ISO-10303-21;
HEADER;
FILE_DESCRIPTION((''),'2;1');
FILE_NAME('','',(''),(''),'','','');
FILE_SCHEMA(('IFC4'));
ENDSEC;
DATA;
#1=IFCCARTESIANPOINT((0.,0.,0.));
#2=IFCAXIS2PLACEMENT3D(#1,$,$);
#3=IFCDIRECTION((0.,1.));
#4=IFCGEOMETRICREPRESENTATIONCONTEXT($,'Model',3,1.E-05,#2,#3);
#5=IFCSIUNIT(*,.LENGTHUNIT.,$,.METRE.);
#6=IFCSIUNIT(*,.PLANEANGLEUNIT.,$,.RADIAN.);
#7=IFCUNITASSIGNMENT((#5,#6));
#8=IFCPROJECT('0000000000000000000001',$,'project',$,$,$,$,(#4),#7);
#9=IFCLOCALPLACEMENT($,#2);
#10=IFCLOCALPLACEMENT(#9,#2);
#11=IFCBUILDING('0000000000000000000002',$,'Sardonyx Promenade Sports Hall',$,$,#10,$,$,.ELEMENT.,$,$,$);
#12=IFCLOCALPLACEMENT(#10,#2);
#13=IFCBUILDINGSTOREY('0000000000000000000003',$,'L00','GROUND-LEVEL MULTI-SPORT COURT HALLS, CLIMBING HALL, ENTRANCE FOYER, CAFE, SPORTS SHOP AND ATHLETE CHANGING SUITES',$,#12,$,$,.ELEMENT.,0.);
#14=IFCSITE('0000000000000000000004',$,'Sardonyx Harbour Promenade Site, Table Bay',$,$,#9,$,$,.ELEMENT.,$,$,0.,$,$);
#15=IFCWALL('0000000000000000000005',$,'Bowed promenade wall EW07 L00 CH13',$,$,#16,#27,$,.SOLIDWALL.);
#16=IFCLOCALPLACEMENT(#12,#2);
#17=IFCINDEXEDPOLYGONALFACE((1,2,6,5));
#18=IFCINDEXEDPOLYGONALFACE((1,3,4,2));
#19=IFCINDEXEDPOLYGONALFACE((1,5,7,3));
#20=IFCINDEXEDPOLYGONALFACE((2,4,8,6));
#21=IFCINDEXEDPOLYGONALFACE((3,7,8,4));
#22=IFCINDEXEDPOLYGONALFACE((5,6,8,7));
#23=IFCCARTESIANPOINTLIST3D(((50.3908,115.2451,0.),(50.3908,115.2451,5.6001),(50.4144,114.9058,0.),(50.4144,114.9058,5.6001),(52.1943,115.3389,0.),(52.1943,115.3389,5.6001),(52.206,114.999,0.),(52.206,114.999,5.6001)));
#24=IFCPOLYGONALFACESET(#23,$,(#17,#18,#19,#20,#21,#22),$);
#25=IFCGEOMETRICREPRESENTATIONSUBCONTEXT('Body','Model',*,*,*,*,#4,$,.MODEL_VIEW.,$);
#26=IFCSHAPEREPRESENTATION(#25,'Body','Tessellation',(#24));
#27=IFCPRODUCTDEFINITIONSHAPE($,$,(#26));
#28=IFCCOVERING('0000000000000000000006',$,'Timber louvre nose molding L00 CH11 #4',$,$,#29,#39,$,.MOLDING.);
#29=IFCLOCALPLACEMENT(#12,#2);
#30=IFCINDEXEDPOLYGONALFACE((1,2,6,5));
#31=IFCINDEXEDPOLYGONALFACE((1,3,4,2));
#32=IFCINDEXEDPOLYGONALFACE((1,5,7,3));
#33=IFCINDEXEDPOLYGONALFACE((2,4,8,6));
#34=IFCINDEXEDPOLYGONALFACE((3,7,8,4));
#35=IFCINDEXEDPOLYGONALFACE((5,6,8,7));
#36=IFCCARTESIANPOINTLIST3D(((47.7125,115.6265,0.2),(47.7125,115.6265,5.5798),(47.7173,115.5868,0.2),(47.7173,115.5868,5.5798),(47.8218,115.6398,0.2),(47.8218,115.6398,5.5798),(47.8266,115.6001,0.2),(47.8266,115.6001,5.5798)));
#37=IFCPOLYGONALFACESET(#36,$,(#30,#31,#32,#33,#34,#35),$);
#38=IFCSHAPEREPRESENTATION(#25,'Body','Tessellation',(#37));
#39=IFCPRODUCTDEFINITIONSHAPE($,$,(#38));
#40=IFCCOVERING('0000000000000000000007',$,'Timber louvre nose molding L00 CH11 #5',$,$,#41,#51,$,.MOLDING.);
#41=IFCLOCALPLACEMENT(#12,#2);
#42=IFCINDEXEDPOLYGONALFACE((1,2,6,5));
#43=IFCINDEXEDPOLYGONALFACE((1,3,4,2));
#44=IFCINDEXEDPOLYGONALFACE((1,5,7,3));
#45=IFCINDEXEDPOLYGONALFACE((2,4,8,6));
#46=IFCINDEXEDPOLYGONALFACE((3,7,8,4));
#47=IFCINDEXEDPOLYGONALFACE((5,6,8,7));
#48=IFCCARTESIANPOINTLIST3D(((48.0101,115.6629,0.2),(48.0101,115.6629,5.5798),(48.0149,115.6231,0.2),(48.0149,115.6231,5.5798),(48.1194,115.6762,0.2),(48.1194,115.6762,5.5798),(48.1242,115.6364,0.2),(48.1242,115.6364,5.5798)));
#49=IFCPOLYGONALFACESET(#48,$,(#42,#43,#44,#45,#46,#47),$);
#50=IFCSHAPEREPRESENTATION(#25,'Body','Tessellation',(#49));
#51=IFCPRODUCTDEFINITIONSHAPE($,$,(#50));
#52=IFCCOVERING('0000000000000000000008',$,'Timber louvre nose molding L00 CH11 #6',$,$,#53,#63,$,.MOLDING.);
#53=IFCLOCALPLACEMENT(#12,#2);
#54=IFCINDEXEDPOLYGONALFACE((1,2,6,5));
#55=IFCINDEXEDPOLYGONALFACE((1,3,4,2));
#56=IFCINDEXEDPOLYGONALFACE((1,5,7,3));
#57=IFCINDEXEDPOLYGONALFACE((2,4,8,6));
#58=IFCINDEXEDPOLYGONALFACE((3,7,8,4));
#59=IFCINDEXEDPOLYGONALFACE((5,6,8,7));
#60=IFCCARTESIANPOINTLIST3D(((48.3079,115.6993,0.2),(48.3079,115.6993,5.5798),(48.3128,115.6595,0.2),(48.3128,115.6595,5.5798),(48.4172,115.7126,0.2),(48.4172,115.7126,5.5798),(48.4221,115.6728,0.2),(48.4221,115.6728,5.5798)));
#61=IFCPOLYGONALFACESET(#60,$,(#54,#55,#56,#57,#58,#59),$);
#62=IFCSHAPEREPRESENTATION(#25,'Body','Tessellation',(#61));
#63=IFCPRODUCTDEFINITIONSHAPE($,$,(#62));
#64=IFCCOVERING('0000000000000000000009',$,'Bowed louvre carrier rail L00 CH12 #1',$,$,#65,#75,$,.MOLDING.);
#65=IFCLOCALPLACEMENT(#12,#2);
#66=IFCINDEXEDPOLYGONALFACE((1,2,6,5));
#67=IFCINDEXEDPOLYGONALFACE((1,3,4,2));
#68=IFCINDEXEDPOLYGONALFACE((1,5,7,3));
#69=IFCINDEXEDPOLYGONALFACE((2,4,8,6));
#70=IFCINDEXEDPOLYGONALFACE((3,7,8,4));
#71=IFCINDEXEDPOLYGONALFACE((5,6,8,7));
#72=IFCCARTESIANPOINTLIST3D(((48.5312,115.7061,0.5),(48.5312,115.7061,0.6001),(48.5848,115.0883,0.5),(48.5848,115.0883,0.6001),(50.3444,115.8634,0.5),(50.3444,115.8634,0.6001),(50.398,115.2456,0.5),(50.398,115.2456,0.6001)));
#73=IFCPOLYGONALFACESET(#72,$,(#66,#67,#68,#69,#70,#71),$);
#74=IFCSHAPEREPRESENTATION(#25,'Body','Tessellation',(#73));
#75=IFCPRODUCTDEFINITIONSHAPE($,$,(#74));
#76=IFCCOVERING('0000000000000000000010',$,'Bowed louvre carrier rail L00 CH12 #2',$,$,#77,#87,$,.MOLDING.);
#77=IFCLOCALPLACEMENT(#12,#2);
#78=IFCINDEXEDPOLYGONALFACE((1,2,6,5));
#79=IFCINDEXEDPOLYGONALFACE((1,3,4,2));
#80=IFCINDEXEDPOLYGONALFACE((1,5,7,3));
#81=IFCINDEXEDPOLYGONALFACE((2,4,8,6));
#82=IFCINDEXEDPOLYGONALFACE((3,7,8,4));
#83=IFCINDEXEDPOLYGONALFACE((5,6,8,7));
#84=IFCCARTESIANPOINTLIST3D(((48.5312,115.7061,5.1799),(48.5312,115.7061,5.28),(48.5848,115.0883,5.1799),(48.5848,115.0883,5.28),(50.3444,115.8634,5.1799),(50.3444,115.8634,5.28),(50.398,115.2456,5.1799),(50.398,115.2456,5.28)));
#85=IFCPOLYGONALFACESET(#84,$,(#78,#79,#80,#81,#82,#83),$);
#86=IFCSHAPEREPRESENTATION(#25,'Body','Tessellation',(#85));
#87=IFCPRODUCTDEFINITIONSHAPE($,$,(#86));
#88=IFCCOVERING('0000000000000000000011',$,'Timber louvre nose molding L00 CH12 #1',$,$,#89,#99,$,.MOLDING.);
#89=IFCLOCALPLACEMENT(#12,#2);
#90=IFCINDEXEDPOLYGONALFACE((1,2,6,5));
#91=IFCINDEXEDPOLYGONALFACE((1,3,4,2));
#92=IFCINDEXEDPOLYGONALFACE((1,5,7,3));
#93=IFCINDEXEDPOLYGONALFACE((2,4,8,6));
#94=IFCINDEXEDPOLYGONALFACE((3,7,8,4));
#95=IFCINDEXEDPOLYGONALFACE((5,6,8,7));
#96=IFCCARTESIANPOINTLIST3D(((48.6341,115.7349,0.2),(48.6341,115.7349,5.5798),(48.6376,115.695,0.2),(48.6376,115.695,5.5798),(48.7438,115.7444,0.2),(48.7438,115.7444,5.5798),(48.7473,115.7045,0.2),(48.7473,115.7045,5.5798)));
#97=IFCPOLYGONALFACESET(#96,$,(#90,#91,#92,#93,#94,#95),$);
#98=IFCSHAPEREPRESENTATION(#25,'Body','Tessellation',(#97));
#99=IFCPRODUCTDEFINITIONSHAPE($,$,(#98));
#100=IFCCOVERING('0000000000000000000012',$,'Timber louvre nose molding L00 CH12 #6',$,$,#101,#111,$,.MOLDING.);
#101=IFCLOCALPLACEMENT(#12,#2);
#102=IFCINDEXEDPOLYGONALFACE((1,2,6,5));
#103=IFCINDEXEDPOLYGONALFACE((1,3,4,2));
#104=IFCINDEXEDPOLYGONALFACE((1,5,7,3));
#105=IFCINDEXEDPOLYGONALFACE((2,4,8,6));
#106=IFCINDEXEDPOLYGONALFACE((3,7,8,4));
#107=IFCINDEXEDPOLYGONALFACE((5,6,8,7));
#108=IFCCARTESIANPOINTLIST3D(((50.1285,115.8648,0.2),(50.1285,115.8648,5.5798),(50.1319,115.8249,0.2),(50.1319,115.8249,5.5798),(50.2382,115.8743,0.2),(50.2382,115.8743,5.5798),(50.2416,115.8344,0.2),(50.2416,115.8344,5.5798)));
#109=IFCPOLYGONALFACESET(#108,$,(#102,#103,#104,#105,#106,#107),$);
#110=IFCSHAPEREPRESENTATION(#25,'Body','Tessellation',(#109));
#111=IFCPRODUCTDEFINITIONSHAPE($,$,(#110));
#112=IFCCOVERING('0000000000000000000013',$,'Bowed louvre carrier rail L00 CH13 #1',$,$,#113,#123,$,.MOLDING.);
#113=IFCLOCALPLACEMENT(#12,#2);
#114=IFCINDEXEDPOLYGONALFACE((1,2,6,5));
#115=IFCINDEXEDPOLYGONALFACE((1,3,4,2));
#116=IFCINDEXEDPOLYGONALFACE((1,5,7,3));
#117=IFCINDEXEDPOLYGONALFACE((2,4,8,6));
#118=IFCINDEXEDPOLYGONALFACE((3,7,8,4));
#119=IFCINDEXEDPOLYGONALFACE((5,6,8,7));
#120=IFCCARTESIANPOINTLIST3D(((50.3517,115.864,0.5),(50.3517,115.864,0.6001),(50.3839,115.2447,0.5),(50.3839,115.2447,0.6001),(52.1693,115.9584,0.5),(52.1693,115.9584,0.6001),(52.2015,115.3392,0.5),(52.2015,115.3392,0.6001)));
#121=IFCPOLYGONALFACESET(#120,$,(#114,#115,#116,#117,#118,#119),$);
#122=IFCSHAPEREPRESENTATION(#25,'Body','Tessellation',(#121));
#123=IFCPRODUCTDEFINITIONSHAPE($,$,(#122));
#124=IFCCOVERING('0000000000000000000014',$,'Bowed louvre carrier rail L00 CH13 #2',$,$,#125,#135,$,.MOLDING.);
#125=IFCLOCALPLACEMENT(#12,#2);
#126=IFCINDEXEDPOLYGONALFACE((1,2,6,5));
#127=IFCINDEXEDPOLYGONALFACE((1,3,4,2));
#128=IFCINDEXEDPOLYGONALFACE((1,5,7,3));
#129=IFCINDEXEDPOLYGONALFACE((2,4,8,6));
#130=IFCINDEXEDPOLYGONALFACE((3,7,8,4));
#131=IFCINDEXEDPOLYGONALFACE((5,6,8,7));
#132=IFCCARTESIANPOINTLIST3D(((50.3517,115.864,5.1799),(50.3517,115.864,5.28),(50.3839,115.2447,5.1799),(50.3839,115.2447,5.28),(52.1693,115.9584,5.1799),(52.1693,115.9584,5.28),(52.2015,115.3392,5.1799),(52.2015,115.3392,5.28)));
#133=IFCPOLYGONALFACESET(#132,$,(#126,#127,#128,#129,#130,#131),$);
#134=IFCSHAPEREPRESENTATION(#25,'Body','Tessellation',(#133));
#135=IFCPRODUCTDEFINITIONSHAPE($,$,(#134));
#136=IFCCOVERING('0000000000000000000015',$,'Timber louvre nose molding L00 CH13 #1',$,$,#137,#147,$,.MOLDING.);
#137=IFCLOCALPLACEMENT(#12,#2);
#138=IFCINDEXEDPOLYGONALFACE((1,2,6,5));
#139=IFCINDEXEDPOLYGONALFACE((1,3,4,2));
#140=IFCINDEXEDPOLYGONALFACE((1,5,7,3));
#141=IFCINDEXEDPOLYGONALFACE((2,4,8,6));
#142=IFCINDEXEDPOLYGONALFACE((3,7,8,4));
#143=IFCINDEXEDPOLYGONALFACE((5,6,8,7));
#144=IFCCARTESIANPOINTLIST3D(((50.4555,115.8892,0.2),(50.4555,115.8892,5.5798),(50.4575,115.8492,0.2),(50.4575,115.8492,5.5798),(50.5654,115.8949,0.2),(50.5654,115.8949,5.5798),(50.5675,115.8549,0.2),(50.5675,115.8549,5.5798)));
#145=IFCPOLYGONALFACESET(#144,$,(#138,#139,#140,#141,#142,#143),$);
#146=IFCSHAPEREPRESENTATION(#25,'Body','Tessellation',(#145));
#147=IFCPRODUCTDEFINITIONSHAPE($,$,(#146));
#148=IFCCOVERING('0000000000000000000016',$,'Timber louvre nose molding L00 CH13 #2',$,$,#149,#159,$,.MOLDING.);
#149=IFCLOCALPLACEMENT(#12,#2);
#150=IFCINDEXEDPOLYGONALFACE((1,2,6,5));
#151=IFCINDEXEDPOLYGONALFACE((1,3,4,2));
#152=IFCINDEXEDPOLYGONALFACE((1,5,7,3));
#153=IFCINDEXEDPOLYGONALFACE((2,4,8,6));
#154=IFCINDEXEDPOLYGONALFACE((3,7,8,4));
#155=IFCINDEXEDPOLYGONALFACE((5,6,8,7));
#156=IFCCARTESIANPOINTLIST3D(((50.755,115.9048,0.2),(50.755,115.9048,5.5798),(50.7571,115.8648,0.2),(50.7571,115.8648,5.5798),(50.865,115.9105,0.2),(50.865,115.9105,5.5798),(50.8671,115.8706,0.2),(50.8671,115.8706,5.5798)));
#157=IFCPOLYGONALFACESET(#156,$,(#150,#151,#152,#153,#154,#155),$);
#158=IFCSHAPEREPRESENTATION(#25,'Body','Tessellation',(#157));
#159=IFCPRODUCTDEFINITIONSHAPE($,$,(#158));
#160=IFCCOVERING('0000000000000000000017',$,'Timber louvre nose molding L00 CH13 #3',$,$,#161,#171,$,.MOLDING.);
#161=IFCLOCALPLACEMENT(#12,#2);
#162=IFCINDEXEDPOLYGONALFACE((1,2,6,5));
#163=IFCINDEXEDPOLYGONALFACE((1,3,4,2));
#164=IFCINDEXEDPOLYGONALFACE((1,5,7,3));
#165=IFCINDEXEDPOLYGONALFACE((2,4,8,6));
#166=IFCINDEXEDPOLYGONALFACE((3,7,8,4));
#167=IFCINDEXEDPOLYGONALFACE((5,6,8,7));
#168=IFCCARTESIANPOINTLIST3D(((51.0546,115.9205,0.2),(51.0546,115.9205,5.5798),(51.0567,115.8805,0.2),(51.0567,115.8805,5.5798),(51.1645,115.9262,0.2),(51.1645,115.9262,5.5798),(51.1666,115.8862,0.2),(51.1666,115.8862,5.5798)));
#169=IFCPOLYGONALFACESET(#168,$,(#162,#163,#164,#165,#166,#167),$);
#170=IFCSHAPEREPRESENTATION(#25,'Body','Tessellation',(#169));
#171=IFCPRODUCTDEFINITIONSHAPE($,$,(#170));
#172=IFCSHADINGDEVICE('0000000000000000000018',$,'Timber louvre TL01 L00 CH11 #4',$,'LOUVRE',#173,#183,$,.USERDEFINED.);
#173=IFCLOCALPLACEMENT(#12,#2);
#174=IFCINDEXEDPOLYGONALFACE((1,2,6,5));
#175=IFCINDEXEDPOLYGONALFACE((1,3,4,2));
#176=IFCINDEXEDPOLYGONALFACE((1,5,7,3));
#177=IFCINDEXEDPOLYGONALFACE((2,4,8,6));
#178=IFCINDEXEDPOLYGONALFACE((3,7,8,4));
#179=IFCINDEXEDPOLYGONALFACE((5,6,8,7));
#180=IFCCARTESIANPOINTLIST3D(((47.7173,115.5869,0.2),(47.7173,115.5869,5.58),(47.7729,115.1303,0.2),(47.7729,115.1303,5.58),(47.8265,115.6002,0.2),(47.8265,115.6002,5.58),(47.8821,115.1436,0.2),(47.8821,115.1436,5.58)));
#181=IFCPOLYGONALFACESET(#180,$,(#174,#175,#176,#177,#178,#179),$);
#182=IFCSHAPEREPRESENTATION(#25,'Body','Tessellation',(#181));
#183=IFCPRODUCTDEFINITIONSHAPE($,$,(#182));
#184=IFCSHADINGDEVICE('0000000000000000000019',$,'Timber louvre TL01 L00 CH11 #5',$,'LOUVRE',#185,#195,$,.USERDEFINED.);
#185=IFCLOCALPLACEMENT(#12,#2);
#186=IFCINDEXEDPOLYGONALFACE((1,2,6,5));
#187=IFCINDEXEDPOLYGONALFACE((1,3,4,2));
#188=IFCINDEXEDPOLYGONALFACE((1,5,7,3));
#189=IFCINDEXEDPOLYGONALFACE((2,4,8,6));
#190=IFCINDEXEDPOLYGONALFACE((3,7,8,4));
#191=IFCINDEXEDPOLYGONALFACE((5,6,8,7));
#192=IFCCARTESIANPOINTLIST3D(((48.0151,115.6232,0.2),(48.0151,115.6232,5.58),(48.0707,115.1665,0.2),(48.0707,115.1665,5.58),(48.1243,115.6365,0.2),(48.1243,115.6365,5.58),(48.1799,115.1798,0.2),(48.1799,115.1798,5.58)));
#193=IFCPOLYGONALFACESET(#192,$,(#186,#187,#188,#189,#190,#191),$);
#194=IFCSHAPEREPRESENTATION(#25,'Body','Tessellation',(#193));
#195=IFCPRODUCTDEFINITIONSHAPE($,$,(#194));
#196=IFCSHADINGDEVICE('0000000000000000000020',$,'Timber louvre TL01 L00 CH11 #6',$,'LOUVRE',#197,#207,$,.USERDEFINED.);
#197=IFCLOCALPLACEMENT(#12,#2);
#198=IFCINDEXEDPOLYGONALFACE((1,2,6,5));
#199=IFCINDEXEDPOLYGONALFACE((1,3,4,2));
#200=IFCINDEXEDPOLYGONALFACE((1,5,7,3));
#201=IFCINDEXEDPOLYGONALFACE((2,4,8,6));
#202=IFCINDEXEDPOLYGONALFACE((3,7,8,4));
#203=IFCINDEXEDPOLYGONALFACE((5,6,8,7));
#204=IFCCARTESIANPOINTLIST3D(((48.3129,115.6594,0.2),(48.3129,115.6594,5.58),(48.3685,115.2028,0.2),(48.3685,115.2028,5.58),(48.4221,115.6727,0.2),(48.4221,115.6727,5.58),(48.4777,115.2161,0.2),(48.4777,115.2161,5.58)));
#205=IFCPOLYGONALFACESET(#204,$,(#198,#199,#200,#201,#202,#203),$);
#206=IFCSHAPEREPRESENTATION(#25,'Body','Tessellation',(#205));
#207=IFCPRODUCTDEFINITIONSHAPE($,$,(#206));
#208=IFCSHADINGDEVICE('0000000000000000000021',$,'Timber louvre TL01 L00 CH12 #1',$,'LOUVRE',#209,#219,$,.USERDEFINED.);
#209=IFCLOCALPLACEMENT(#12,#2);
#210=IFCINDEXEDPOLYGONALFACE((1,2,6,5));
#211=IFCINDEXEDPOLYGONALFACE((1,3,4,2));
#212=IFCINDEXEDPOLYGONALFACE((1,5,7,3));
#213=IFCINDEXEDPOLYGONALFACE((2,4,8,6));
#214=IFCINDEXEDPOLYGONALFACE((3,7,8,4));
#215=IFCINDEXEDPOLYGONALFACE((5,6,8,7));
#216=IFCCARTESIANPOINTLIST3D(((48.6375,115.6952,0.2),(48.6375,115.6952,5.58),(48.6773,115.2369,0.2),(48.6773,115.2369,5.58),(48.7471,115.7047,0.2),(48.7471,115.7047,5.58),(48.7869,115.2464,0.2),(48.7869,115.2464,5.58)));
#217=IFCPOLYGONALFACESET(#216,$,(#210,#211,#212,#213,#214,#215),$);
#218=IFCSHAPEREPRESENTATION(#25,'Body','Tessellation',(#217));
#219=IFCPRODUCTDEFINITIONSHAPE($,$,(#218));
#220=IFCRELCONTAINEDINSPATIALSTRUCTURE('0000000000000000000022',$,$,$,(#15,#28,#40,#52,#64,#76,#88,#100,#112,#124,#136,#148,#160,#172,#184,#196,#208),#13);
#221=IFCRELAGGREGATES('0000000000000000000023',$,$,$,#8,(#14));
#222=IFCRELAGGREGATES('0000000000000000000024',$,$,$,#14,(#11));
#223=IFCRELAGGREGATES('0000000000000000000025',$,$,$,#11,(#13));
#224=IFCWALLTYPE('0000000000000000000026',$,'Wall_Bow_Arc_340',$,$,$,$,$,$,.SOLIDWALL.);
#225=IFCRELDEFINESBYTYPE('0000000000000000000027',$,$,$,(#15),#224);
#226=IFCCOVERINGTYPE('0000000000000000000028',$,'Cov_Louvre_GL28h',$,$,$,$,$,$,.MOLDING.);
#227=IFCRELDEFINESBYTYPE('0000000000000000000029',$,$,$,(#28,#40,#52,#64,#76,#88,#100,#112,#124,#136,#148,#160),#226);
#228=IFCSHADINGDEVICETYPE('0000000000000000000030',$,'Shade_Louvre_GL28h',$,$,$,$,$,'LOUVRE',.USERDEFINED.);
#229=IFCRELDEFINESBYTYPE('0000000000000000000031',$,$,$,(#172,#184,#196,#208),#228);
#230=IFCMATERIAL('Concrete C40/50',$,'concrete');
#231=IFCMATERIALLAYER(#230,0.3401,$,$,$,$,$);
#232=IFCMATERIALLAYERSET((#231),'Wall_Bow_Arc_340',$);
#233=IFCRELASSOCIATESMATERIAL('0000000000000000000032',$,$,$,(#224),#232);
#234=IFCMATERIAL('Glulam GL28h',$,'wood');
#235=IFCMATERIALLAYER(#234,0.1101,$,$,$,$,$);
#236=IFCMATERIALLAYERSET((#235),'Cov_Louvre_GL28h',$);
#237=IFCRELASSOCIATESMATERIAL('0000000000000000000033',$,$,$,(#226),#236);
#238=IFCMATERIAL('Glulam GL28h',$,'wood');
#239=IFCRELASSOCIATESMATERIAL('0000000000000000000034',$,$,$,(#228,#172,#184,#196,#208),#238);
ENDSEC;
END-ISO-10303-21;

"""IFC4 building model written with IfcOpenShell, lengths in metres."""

from ifc_helpers import new_model, si_unit, direction, frame, origin, origin_2d, place, context, subcontext, project, spatial, polyline, rectangle, outline, extrude, material, layer, layer_set, type_object, element, save


model = new_model("IFC4")

# Units and contexts
model_context = context("Model", 3, precision=1e-05, world=origin(), true_north=direction((0.0, 1.0)))
body_context = subcontext(model_context, "Body", "Model", "MODEL_VIEW")
ifc_project = project(units=[si_unit("LENGTHUNIT", "METRE"), si_unit("PLANEANGLEUNIT", "RADIAN")], contexts=[model_context])

# Site, building, storey
site_placement = place(None, origin())
site = spatial("IfcSite", under=ifc_project, at=site_placement, Name="Sardonyx Harbour Promenade Site, Table Bay", CompositionType="ELEMENT", RefElevation=0.0)
building_placement = place(site_placement, origin())
building = spatial("IfcBuilding", under=site, at=building_placement, Name="Sardonyx Promenade Sports Hall", CompositionType="ELEMENT")
storey_placement = place(building_placement, origin())
storey = spatial("IfcBuildingStorey", under=building, at=storey_placement, Name="L00", Description="GROUND-LEVEL MULTI-SPORT COURT HALLS, CLIMBING HALL, ENTRANCE FOYER, CAFE, SPORTS SHOP AND ATHLETE CHANGING SUITES", CompositionType="ELEMENT", Elevation=0.0)

# Shared definitions
ifc_material_1 = material(Name="Concrete C40/50", Category="concrete")
ifc_layer_1 = layer(ifc_material_1, 0.3401)
ifc_layer_set_1 = layer_set([ifc_layer_1], Name="Wall_Bow_Arc_340")
wall_type = type_object("IfcWallType", Name="Wall_Bow_Arc_340", PredefinedType="SOLIDWALL", material=ifc_layer_set_1)

# Wall
wall_1_placement = place(storey_placement, frame((50.4026, 115.0754, 0.0), z_axis=(0.0, 0.0, 1.0), x_axis=(0.99865, 0.051947, 0.0)))
element("IfcWall", 1, at=wall_1_placement, inside=storey, type_object=wall_type, Name="Bowed promenade wall EW07 L00 CH13", PredefinedType="SOLIDWALL", context=body_context, shape_type="SweptSolid", body=[
    extrude(outline(polyline([(0.0029, -0.17), (1.7971, -0.17), (1.8029, 0.17), (-0.0029, 0.17), (0.0029, -0.17)])), origin(), (0.0, 0.0, 1.0), 5.6001),
])

# Coverings
ifc_material_2 = material(Name="Glulam GL28h", Category="wood")
ifc_layer_2 = layer(ifc_material_2, 0.1101)
ifc_layer_set_2 = layer_set([ifc_layer_2], Name="Cov_Louvre_GL28h")
covering_type = type_object("IfcCoveringType", Name="Cov_Louvre_GL28h", PredefinedType="MOLDING", material=ifc_layer_set_2)
for number, where, z_axis, x_axis, name in (
    (2, (47.7695, 115.6133, 0.2), (0.0, 0.0, 1.0), (0.992669, 0.120863, 0.0), "Timber louvre nose molding L00 CH11 #4"),
    (3, (48.0671, 115.6497, 0.2), (0.0, 0.0, 1.0), (0.992669, 0.120863, 0.0), "Timber louvre nose molding L00 CH11 #5"),
    (4, (48.365, 115.686, 0.2), (0.0, 0.0, 1.0), (0.992669, 0.120863, 0.0), "Timber louvre nose molding L00 CH11 #6"),
):
    element("IfcCovering", number, at=place(storey_placement, frame(where, z_axis=z_axis, x_axis=x_axis)), inside=storey, type_object=covering_type, Name=name, PredefinedType="MOLDING", context=body_context, shape_type="SweptSolid", body=[
        extrude(rectangle(XDim=0.1101, YDim=0.04, at=origin_2d()), origin(), (0.0, 0.0, 1.0), 5.3799),
    ])
for number, where, z_axis, x_axis, name in (
    (5, (49.4646, 115.4758, 0.5), (0.0, 0.0, 1.0), (0.996258, 0.086434, 0.0), "Bowed louvre carrier rail L00 CH12 #1"),
    (6, (49.4646, 115.4758, 5.1799), (0.0, 0.0, 1.0), (0.996258, 0.086434, 0.0), "Bowed louvre carrier rail L00 CH12 #2"),
):
    element("IfcCovering", number, at=place(storey_placement, frame(where, z_axis=z_axis, x_axis=x_axis)), inside=storey, type_object=covering_type, Name=name, PredefinedType="MOLDING", context=body_context, shape_type="SweptSolid", body=[
        extrude(rectangle(XDim=1.8201, YDim=0.6201, at=origin_2d()), origin(), (0.0, 0.0, 1.0), 0.1001),
    ])
for number, where, z_axis, x_axis, name in (
    (7, (48.6907, 115.7197, 0.2), (0.0, 0.0, 1.0), (0.996258, 0.086434, 0.0), "Timber louvre nose molding L00 CH12 #1"),
    (8, (50.1851, 115.8496, 0.2), (0.0, 0.0, 1.0), (0.996258, 0.086434, 0.0), "Timber louvre nose molding L00 CH12 #6"),
):
    element("IfcCovering", number, at=place(storey_placement, frame(where, z_axis=z_axis, x_axis=x_axis)), inside=storey, type_object=covering_type, Name=name, PredefinedType="MOLDING", context=body_context, shape_type="SweptSolid", body=[
        extrude(rectangle(XDim=0.1101, YDim=0.04, at=origin_2d()), origin(), (0.0, 0.0, 1.0), 5.3799),
    ])
for number, where, z_axis, x_axis, name in (
    (9, (51.2766, 115.6016, 0.5), (0.0, 0.0, 1.0), (0.998652, 0.051902, 0.0), "Bowed louvre carrier rail L00 CH13 #1"),
    (10, (51.2766, 115.6016, 5.1799), (0.0, 0.0, 1.0), (0.998652, 0.051902, 0.0), "Bowed louvre carrier rail L00 CH13 #2"),
):
    element("IfcCovering", number, at=place(storey_placement, frame(where, z_axis=z_axis, x_axis=x_axis)), inside=storey, type_object=covering_type, Name=name, PredefinedType="MOLDING", context=body_context, shape_type="SweptSolid", body=[
        extrude(rectangle(XDim=1.8201, YDim=0.6201, at=origin_2d()), origin(), (0.0, 0.0, 1.0), 0.1001),
    ])
for number, where, z_axis, x_axis, name in (
    (11, (50.5115, 115.8721, 0.2), (0.0, 0.0, 1.0), (0.998652, 0.051902, 0.0), "Timber louvre nose molding L00 CH13 #1"),
    (12, (50.811, 115.8877, 0.2), (0.0, 0.0, 1.0), (0.998652, 0.051902, 0.0), "Timber louvre nose molding L00 CH13 #2"),
    (13, (51.1106, 115.9033, 0.2), (0.0, 0.0, 1.0), (0.998652, 0.051902, 0.0), "Timber louvre nose molding L00 CH13 #3"),
):
    element("IfcCovering", number, at=place(storey_placement, frame(where, z_axis=z_axis, x_axis=x_axis)), inside=storey, type_object=covering_type, Name=name, PredefinedType="MOLDING", context=body_context, shape_type="SweptSolid", body=[
        extrude(rectangle(XDim=0.1101, YDim=0.04, at=origin_2d()), origin(), (0.0, 0.0, 1.0), 5.3799),
    ])

# Shading devices
ifc_material_3 = material(Name="Glulam GL28h", Category="wood")
shading_device_type = type_object("IfcShadingDeviceType", Name="Shade_Louvre_GL28h", ElementType="LOUVRE", PredefinedType="USERDEFINED", material=ifc_material_3)
for number, where, z_axis, x_axis, name in (
    (14, (47.7997, 115.3652, 0.2), (0.0, 0.0, 1.0), (0.992669, 0.120863, 0.0), "Timber louvre TL01 L00 CH11 #4"),
    (15, (48.0975, 115.4015, 0.2), (0.0, 0.0, 1.0), (0.992669, 0.120863, 0.0), "Timber louvre TL01 L00 CH11 #5"),
    (16, (48.3953, 115.4378, 0.2), (0.0, 0.0, 1.0), (0.992669, 0.120863, 0.0), "Timber louvre TL01 L00 CH11 #6"),
    (17, (48.7122, 115.4708, 0.2), (0.0, 0.0, 1.0), (0.996258, 0.086434, 0.0), "Timber louvre TL01 L00 CH12 #1"),
):
    element("IfcShadingDevice", number, at=place(storey_placement, frame(where, z_axis=z_axis, x_axis=x_axis)), inside=storey, type_object=shading_device_type, material=ifc_material_3, Name=name, ObjectType="LOUVRE", PredefinedType="USERDEFINED", context=body_context, shape_type="SweptSolid", body=[
        extrude(rectangle(XDim=0.11, YDim=0.46), origin(), (0.0, 0.0, 1.0), 5.38),
    ])

save(model, "model.ifc")
